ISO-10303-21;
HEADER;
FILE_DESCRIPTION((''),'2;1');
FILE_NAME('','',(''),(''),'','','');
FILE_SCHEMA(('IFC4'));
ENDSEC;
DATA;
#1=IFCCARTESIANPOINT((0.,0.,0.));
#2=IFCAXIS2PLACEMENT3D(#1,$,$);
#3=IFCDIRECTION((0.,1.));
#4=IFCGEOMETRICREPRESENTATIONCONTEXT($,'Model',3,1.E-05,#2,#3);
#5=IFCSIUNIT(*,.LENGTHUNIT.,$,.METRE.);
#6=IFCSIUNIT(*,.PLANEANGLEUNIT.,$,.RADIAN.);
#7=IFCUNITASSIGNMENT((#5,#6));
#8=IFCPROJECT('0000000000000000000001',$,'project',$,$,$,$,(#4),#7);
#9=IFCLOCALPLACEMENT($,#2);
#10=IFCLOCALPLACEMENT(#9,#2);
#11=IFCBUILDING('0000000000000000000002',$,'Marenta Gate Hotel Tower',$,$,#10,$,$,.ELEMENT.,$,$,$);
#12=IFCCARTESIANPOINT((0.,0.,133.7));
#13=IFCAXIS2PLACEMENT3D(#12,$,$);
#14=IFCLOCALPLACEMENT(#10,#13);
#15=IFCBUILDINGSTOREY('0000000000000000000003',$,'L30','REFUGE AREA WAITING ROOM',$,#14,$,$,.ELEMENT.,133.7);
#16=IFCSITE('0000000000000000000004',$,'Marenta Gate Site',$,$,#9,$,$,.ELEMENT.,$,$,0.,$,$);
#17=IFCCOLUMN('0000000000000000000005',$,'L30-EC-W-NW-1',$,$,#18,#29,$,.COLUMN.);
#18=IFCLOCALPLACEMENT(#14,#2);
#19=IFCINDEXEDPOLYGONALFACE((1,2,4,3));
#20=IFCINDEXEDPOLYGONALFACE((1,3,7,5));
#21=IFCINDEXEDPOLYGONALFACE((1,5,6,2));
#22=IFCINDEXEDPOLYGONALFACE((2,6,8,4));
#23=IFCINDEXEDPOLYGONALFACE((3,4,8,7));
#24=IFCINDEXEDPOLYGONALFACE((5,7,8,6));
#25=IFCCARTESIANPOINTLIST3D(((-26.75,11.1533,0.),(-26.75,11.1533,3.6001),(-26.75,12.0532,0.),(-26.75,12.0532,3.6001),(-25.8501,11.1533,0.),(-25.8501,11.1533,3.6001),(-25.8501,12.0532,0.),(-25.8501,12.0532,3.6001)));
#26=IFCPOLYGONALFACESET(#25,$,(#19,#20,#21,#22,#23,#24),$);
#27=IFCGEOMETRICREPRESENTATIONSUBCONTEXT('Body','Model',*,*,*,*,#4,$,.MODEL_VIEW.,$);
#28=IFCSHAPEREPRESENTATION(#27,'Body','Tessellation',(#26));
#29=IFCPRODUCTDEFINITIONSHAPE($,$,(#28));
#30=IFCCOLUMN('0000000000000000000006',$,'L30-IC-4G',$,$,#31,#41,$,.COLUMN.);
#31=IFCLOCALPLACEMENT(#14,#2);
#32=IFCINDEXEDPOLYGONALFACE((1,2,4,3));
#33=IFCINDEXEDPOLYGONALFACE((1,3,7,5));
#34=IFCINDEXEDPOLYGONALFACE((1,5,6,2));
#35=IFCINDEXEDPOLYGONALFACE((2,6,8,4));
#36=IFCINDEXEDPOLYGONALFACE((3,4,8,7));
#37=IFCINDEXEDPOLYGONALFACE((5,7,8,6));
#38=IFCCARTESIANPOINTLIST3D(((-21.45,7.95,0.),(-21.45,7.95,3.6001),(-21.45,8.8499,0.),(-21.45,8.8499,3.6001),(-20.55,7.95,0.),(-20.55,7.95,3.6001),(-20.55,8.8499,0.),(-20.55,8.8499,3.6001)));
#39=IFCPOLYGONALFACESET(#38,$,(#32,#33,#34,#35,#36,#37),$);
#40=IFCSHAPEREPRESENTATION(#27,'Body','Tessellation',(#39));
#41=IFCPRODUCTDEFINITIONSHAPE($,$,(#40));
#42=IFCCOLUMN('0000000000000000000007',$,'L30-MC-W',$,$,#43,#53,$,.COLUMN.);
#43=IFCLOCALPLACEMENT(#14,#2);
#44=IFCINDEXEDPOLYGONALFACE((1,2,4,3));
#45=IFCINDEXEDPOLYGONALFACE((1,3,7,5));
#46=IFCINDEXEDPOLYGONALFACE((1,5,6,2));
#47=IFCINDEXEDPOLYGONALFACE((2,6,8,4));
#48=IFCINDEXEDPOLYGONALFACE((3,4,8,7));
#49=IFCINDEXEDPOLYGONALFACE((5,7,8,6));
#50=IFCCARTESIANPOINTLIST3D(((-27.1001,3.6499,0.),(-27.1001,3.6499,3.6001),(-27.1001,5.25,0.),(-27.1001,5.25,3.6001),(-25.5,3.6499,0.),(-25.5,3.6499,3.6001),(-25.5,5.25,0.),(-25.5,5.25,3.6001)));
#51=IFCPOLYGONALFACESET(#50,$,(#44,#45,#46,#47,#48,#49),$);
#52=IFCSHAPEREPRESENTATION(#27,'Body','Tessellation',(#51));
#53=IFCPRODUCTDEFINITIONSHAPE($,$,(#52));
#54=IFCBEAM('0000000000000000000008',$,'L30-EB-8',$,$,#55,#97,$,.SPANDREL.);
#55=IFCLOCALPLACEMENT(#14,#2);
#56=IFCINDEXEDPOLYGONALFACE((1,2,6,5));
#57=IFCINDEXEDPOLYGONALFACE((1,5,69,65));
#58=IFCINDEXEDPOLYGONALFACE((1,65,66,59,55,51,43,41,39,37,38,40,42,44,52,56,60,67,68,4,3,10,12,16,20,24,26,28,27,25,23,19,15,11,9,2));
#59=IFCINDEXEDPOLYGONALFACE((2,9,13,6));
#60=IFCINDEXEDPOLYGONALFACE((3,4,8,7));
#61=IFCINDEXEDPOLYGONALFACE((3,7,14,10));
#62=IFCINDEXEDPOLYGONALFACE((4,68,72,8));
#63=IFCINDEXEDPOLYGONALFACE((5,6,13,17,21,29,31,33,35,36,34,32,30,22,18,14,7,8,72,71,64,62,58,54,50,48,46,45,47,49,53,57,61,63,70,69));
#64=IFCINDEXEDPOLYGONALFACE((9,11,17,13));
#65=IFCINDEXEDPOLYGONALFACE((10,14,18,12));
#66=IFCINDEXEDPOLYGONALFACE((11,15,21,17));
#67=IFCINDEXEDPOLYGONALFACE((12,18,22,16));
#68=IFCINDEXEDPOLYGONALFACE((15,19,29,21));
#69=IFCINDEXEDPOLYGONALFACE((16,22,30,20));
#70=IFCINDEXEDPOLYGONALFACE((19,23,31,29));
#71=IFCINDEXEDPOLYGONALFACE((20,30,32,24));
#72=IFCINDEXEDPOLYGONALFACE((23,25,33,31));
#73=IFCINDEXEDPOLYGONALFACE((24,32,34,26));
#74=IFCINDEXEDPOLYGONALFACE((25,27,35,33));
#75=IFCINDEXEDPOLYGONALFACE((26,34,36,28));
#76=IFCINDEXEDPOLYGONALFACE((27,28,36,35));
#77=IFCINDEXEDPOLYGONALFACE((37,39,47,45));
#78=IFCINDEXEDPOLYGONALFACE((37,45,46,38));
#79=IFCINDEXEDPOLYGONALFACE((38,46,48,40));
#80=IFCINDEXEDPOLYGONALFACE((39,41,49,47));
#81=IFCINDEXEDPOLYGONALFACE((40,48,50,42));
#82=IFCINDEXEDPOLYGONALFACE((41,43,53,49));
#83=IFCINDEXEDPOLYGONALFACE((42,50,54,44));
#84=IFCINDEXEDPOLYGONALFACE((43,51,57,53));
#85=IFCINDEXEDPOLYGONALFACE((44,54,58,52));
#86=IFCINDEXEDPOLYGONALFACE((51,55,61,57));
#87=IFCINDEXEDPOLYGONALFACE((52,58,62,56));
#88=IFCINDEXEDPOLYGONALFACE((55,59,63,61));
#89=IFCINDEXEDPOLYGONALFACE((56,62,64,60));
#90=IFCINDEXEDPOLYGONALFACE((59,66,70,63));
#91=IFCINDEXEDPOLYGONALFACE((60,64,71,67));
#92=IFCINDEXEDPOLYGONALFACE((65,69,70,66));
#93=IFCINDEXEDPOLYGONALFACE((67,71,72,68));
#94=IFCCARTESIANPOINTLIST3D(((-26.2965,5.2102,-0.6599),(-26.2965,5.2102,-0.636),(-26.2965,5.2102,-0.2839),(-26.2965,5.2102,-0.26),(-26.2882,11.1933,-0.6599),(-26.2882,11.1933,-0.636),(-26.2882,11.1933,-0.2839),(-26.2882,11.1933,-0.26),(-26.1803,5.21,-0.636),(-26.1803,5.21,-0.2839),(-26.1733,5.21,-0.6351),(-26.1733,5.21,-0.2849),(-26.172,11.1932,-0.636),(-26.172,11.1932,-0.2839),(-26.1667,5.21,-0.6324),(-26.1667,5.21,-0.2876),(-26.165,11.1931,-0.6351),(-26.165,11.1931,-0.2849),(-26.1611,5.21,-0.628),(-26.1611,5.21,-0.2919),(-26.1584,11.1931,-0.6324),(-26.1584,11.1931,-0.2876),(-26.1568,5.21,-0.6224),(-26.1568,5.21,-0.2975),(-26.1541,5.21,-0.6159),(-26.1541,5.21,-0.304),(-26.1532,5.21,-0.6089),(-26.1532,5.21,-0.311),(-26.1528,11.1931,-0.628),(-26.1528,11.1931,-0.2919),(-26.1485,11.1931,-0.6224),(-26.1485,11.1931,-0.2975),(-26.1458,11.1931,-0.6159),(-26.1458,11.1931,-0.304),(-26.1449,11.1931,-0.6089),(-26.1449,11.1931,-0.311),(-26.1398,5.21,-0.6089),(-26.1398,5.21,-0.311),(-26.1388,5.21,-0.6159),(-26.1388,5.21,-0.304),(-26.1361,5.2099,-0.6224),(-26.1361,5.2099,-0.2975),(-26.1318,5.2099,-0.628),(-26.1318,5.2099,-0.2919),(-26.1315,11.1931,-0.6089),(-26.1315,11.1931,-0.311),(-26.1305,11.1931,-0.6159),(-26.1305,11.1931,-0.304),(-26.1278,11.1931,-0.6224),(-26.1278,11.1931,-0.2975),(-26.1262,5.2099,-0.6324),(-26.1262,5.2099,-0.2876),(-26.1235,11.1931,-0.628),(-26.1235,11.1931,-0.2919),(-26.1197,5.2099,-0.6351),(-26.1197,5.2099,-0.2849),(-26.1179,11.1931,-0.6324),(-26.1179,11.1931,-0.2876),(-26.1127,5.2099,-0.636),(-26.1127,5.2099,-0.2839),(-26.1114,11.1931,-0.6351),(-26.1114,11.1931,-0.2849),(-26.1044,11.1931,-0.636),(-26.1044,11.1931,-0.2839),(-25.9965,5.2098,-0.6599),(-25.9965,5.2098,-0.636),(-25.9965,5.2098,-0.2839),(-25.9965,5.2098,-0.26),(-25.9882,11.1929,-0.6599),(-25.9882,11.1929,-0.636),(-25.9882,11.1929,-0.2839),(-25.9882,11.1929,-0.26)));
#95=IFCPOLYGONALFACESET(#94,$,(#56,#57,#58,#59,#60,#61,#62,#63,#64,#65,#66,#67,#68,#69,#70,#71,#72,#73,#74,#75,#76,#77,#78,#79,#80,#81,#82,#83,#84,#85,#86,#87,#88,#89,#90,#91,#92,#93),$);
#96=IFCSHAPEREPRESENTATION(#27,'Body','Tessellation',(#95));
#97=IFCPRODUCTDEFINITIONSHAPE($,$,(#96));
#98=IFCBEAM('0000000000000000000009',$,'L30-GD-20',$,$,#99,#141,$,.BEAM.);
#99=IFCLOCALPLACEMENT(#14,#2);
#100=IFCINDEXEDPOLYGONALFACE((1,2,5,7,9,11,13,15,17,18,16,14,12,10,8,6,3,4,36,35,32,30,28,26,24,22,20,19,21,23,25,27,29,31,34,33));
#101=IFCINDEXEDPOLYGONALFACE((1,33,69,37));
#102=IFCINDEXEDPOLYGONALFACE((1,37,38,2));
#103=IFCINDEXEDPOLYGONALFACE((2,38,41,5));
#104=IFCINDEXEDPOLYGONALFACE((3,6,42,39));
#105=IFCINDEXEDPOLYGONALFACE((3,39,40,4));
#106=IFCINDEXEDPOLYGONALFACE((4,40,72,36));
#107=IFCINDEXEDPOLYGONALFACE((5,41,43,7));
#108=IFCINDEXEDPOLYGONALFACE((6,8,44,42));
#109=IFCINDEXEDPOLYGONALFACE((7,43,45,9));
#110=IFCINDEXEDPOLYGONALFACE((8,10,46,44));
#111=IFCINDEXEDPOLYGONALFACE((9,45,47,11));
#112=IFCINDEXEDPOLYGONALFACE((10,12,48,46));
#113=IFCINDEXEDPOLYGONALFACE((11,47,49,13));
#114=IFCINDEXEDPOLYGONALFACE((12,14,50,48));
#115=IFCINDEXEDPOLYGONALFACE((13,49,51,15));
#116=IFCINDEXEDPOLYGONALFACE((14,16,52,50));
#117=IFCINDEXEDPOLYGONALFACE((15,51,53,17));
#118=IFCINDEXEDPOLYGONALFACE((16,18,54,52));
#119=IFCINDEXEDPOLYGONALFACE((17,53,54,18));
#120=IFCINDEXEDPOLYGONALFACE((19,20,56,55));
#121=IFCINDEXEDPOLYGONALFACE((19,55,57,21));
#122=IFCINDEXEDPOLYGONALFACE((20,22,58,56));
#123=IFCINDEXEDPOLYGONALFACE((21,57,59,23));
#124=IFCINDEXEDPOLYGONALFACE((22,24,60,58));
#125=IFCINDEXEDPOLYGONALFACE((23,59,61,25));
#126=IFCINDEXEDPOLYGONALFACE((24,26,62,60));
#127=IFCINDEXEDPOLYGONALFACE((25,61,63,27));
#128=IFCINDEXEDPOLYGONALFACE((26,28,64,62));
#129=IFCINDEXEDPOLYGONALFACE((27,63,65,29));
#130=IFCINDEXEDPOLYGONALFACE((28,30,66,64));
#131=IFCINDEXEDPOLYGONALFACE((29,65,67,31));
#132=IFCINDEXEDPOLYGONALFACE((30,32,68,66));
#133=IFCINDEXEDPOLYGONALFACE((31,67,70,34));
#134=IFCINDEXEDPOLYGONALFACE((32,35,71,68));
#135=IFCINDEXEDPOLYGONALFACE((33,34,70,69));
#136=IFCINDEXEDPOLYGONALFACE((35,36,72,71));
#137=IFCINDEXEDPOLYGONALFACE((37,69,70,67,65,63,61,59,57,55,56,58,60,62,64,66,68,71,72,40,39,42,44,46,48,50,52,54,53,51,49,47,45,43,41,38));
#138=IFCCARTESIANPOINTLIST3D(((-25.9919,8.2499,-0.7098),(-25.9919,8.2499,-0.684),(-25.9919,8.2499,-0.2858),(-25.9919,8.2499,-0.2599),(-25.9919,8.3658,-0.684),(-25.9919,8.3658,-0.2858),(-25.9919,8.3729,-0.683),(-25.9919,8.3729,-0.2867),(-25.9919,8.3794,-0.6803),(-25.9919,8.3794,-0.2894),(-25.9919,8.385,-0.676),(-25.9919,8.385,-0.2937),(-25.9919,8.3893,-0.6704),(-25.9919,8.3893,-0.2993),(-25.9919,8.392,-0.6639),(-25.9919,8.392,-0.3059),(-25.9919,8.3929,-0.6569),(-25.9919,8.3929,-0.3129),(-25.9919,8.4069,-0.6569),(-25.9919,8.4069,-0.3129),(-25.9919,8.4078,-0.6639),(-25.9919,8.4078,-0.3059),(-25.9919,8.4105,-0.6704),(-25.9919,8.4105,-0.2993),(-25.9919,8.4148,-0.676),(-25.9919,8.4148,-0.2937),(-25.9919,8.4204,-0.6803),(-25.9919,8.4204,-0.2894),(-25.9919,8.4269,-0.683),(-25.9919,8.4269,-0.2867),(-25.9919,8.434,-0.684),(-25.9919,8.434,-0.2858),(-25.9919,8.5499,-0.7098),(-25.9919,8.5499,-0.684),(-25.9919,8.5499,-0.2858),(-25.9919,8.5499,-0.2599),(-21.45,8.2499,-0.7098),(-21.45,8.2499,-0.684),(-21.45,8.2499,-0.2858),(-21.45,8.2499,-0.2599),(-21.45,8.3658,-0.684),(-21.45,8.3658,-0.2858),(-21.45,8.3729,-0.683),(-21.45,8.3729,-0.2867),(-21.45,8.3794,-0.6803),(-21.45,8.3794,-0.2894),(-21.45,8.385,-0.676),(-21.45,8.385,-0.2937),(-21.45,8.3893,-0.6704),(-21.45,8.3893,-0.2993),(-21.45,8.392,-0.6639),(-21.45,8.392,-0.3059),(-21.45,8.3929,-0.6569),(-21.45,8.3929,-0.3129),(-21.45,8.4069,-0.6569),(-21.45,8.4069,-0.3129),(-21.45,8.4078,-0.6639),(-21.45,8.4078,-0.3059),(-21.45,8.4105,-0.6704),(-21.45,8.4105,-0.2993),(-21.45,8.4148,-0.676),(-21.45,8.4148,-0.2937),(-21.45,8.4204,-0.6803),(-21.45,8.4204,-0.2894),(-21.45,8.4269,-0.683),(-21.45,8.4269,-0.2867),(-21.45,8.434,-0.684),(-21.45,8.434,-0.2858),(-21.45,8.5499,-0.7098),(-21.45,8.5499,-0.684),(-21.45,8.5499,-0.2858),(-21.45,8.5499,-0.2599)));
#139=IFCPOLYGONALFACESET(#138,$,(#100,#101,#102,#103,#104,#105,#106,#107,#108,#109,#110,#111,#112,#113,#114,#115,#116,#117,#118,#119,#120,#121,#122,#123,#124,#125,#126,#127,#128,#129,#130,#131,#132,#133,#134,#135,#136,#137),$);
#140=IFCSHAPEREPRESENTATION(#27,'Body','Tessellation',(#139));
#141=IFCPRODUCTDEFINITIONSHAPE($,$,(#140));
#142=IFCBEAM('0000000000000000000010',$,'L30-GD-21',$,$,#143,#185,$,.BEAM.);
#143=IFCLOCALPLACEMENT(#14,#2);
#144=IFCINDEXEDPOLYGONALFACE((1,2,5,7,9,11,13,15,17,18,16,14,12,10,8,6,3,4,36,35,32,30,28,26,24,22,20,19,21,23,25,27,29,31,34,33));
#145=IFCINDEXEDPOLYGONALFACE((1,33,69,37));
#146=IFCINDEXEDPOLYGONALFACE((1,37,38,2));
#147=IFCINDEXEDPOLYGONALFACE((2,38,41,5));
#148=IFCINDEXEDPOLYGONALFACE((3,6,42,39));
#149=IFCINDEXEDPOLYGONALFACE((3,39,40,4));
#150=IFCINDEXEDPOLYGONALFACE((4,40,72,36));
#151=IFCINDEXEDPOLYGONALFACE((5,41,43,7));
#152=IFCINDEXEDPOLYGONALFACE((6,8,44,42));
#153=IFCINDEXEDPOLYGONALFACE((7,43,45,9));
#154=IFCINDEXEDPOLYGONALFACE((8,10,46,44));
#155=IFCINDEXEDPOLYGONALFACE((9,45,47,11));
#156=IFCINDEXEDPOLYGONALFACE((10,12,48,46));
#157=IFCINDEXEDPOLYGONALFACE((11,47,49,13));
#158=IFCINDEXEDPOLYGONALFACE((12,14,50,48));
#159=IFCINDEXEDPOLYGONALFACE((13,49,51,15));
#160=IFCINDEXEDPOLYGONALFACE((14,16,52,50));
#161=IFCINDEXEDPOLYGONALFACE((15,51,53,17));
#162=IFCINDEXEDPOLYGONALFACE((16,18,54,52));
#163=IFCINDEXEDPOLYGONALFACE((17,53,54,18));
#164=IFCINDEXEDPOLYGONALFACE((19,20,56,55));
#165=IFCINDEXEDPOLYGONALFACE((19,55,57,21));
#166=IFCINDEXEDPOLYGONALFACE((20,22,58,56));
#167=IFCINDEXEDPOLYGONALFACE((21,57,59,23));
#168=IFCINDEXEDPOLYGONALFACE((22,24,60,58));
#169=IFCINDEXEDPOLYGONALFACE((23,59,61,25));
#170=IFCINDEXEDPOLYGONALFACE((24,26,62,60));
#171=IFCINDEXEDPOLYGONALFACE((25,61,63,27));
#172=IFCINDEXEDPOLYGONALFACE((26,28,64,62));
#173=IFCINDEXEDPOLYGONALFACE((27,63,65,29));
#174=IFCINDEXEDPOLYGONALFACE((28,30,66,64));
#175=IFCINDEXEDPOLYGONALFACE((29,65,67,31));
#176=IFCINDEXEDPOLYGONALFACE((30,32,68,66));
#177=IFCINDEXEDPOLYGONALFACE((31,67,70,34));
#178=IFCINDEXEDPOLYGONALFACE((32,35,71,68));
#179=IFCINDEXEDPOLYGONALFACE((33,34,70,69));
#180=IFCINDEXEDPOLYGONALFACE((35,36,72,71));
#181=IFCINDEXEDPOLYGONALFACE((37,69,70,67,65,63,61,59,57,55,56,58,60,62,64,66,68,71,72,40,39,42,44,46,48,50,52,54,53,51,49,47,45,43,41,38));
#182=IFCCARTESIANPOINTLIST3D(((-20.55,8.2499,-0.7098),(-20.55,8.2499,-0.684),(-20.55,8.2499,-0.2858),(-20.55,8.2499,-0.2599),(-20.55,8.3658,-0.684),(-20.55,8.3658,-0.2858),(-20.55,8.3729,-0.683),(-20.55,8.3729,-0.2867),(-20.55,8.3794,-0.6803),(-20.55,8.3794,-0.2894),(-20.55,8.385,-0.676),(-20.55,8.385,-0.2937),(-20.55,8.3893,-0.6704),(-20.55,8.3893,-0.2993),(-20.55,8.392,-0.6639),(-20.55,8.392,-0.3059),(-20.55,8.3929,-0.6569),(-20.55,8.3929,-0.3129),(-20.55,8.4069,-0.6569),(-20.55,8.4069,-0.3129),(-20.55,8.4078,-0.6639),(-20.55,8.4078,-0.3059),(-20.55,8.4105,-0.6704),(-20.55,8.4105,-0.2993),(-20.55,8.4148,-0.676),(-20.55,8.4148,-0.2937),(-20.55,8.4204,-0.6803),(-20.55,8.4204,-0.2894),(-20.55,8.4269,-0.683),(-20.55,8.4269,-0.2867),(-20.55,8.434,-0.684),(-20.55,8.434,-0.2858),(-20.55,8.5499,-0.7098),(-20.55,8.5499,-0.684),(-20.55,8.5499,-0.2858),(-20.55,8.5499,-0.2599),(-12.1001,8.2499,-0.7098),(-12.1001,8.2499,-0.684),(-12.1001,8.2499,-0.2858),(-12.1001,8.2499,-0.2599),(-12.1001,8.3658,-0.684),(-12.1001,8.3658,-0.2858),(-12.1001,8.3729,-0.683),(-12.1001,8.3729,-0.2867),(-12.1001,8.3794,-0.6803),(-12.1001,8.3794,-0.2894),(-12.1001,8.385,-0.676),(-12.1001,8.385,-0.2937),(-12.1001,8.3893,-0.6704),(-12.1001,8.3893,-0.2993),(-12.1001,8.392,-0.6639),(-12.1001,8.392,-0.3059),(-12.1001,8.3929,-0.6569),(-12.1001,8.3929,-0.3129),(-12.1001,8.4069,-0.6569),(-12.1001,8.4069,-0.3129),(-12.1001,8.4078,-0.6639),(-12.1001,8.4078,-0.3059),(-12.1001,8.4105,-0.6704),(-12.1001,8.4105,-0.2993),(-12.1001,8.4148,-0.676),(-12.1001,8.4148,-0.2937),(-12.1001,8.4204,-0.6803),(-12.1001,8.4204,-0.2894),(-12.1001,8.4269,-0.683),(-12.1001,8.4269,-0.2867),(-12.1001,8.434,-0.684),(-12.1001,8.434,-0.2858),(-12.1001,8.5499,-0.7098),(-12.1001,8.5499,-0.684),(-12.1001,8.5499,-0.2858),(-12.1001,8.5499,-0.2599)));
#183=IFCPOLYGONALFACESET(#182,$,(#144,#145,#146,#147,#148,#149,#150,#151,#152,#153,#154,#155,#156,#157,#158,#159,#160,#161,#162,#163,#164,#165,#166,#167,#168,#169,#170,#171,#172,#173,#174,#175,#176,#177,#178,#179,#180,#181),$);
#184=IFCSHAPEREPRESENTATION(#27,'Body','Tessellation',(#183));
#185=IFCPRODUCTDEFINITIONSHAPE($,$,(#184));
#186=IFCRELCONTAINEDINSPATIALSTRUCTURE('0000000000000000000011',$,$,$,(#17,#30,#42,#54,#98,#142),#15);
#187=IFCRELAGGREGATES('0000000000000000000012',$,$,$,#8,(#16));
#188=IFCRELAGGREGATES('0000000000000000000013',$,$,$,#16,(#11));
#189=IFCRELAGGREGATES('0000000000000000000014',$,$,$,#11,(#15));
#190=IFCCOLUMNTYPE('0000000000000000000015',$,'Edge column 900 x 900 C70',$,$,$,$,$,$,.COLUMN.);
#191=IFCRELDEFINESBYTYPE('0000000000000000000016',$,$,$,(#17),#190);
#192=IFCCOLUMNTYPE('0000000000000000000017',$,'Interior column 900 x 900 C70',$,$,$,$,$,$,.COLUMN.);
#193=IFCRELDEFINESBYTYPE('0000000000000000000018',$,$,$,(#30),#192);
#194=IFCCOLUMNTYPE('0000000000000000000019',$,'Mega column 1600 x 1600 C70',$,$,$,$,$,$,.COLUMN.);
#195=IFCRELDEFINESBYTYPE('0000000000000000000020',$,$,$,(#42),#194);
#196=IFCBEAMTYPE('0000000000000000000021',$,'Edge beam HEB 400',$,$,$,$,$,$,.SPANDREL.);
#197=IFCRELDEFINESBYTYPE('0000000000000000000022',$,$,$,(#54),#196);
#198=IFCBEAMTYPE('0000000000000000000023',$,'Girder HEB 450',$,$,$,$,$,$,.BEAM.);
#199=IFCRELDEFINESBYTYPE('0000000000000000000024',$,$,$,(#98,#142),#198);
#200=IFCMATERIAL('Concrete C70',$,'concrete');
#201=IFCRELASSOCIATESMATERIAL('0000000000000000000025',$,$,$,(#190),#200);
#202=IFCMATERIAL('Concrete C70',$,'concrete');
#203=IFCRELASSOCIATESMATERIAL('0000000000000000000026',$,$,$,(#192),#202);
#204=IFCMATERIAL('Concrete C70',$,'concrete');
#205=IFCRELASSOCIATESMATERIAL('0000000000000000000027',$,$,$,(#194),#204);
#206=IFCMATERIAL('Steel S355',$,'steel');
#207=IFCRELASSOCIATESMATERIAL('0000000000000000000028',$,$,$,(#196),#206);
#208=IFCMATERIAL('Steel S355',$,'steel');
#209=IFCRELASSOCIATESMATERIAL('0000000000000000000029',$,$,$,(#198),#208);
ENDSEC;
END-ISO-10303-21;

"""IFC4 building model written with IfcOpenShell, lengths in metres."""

from ifc_helpers import new_model, si_unit, direction, frame, origin, origin_2d, place, context, subcontext, project, spatial, rectangle, i_section, extrude, material, material_profile, profile_set, type_object, element, save


model = new_model("IFC4")

# Units and contexts
model_context = context("Model", 3, precision=1e-05, world=origin(), true_north=direction((0.0, 1.0)))
body_context = subcontext(model_context, "Body", "Model", "MODEL_VIEW")
ifc_project = project(units=[si_unit("LENGTHUNIT", "METRE"), si_unit("PLANEANGLEUNIT", "RADIAN")], contexts=[model_context])

# Site, building, storey
site_placement = place(None, origin())
site = spatial("IfcSite", under=ifc_project, at=site_placement, Name="Marenta Gate Site", CompositionType="ELEMENT", RefElevation=0.0)
building_placement = place(site_placement, origin())
building = spatial("IfcBuilding", under=site, at=building_placement, Name="Marenta Gate Hotel Tower", CompositionType="ELEMENT")
storey_placement = place(building_placement, frame((0.0, 0.0, 133.7)))
storey = spatial("IfcBuildingStorey", under=building, at=storey_placement, Name="L30", Description="REFUGE AREA WAITING ROOM", CompositionType="ELEMENT", Elevation=133.7)

# Columns
ifc_material_1 = material(Name="Concrete C70", Category="concrete")
ifc_material_profile_1 = material_profile(ifc_material_1, rectangle(XDim=0.8999, YDim=0.8999, at=origin_2d()), Name="900 x 900")
ifc_profile_set_1 = profile_set([ifc_material_profile_1], Name="Concrete C70")
column_type_1 = type_object("IfcColumnType", Name="Edge column 900 x 900 C70", PredefinedType="COLUMN", material=ifc_profile_set_1)
column_1_placement = place(storey_placement, frame((-26.3, 11.6033, 0.0), z_axis=(0.0, 0.0, 1.0), x_axis=(1.0, 0.0, 0.0)))
element("IfcColumn", 1, at=column_1_placement, inside=storey, type_object=column_type_1, Name="L30-EC-W-NW-1", PredefinedType="COLUMN", context=body_context, shape_type="SweptSolid", body=[
    extrude(rectangle(XDim=0.8999, YDim=0.8999, at=origin_2d()), origin(), (0.0, 0.0, 1.0), 3.6001),
])
ifc_material_2 = material(Name="Concrete C70", Category="concrete")
ifc_material_profile_2 = material_profile(ifc_material_2, rectangle(XDim=0.8999, YDim=0.8999, at=origin_2d()), Name="900 x 900")
ifc_profile_set_2 = profile_set([ifc_material_profile_2], Name="Concrete C70")
column_type_2 = type_object("IfcColumnType", Name="Interior column 900 x 900 C70", PredefinedType="COLUMN", material=ifc_profile_set_2)
column_2_placement = place(storey_placement, frame((-21.0, 8.3999, 0.0), z_axis=(0.0, 0.0, 1.0), x_axis=(1.0, 0.0, 0.0)))
element("IfcColumn", 2, at=column_2_placement, inside=storey, type_object=column_type_2, Name="L30-IC-4G", PredefinedType="COLUMN", context=body_context, shape_type="SweptSolid", body=[
    extrude(rectangle(XDim=0.8999, YDim=0.8999, at=origin_2d()), origin(), (0.0, 0.0, 1.0), 3.6001),
])
ifc_material_3 = material(Name="Concrete C70", Category="concrete")
ifc_material_profile_3 = material_profile(ifc_material_3, rectangle(XDim=1.6001, YDim=1.6001, at=origin_2d()), Name="1600 x 1600")
ifc_profile_set_3 = profile_set([ifc_material_profile_3], Name="Concrete C70")
column_type_3 = type_object("IfcColumnType", Name="Mega column 1600 x 1600 C70", PredefinedType="COLUMN", material=ifc_profile_set_3)
column_3_placement = place(storey_placement, frame((-26.3, 4.45, 0.0), z_axis=(0.0, 0.0, 1.0), x_axis=(1.0, 0.0, 0.0)))
element("IfcColumn", 3, at=column_3_placement, inside=storey, type_object=column_type_3, Name="L30-MC-W", PredefinedType="COLUMN", context=body_context, shape_type="SweptSolid", body=[
    extrude(rectangle(XDim=1.6001, YDim=1.6001, at=origin_2d()), origin(), (0.0, 0.0, 1.0), 3.6001),
])

# Beams
ifc_material_4 = material(Name="Steel S355", Category="steel")
ifc_material_profile_4 = material_profile(ifc_material_4, i_section(OverallWidth=0.3, OverallDepth=0.3999, WebThickness=0.0134, FlangeThickness=0.0239, FilletRadius=0.0271, at=origin_2d()), Name="HEB 400")
ifc_profile_set_4 = profile_set([ifc_material_profile_4], Name="Steel S355")
beam_type_1 = type_object("IfcBeamType", Name="Edge beam HEB 400", PredefinedType="SPANDREL", material=ifc_profile_set_4)
beam_1_placement = place(storey_placement, frame((-26.1465, 5.21, -0.46), z_axis=(0.001387, 0.999999, 0.0), x_axis=(-0.999999, 0.001387, 0.0)))
element("IfcBeam", 4, at=beam_1_placement, inside=storey, type_object=beam_type_1, Name="L30-EB-8", PredefinedType="SPANDREL", context=body_context, shape_type="SweptSolid", body=[
    extrude(i_section(OverallWidth=0.3, OverallDepth=0.3999, WebThickness=0.0134, FlangeThickness=0.0239, FilletRadius=0.0271, at=origin_2d()), origin(), (0.0, 0.0, 1.0), 5.9832),
])
ifc_material_5 = material(Name="Steel S355", Category="steel")
ifc_material_profile_5 = material_profile(ifc_material_5, i_section(OverallWidth=0.3, OverallDepth=0.45, WebThickness=0.0139, FlangeThickness=0.0259, FilletRadius=0.0271, at=origin_2d()), Name="HEB 450")
ifc_profile_set_5 = profile_set([ifc_material_profile_5], Name="Steel S355")
beam_type_2 = type_object("IfcBeamType", Name="Girder HEB 450", PredefinedType="BEAM", material=ifc_profile_set_5)
beam_2_placement = place(storey_placement, frame((-25.9919, 8.3999, -0.4849), z_axis=(1.0, 0.0, 0.0), x_axis=(0.0, 1.0, 0.0)))
element("IfcBeam", 5, at=beam_2_placement, inside=storey, type_object=beam_type_2, Name="L30-GD-20", PredefinedType="BEAM", context=body_context, shape_type="SweptSolid", body=[
    extrude(i_section(OverallWidth=0.3, OverallDepth=0.45, WebThickness=0.0139, FlangeThickness=0.0259, FilletRadius=0.0271, at=origin_2d()), origin(), (0.0, 0.0, 1.0), 4.542),
])
beam_3_placement = place(storey_placement, frame((-20.55, 8.3999, -0.4849), z_axis=(1.0, 0.0, 0.0), x_axis=(0.0, 1.0, 0.0)))
element("IfcBeam", 6, at=beam_3_placement, inside=storey, type_object=beam_type_2, Name="L30-GD-21", PredefinedType="BEAM", context=body_context, shape_type="SweptSolid", body=[
    extrude(i_section(OverallWidth=0.3, OverallDepth=0.45, WebThickness=0.0139, FlangeThickness=0.0259, FilletRadius=0.0271, at=origin_2d()), origin(), (0.0, 0.0, 1.0), 8.45),
])

save(model, "model.ifc")
